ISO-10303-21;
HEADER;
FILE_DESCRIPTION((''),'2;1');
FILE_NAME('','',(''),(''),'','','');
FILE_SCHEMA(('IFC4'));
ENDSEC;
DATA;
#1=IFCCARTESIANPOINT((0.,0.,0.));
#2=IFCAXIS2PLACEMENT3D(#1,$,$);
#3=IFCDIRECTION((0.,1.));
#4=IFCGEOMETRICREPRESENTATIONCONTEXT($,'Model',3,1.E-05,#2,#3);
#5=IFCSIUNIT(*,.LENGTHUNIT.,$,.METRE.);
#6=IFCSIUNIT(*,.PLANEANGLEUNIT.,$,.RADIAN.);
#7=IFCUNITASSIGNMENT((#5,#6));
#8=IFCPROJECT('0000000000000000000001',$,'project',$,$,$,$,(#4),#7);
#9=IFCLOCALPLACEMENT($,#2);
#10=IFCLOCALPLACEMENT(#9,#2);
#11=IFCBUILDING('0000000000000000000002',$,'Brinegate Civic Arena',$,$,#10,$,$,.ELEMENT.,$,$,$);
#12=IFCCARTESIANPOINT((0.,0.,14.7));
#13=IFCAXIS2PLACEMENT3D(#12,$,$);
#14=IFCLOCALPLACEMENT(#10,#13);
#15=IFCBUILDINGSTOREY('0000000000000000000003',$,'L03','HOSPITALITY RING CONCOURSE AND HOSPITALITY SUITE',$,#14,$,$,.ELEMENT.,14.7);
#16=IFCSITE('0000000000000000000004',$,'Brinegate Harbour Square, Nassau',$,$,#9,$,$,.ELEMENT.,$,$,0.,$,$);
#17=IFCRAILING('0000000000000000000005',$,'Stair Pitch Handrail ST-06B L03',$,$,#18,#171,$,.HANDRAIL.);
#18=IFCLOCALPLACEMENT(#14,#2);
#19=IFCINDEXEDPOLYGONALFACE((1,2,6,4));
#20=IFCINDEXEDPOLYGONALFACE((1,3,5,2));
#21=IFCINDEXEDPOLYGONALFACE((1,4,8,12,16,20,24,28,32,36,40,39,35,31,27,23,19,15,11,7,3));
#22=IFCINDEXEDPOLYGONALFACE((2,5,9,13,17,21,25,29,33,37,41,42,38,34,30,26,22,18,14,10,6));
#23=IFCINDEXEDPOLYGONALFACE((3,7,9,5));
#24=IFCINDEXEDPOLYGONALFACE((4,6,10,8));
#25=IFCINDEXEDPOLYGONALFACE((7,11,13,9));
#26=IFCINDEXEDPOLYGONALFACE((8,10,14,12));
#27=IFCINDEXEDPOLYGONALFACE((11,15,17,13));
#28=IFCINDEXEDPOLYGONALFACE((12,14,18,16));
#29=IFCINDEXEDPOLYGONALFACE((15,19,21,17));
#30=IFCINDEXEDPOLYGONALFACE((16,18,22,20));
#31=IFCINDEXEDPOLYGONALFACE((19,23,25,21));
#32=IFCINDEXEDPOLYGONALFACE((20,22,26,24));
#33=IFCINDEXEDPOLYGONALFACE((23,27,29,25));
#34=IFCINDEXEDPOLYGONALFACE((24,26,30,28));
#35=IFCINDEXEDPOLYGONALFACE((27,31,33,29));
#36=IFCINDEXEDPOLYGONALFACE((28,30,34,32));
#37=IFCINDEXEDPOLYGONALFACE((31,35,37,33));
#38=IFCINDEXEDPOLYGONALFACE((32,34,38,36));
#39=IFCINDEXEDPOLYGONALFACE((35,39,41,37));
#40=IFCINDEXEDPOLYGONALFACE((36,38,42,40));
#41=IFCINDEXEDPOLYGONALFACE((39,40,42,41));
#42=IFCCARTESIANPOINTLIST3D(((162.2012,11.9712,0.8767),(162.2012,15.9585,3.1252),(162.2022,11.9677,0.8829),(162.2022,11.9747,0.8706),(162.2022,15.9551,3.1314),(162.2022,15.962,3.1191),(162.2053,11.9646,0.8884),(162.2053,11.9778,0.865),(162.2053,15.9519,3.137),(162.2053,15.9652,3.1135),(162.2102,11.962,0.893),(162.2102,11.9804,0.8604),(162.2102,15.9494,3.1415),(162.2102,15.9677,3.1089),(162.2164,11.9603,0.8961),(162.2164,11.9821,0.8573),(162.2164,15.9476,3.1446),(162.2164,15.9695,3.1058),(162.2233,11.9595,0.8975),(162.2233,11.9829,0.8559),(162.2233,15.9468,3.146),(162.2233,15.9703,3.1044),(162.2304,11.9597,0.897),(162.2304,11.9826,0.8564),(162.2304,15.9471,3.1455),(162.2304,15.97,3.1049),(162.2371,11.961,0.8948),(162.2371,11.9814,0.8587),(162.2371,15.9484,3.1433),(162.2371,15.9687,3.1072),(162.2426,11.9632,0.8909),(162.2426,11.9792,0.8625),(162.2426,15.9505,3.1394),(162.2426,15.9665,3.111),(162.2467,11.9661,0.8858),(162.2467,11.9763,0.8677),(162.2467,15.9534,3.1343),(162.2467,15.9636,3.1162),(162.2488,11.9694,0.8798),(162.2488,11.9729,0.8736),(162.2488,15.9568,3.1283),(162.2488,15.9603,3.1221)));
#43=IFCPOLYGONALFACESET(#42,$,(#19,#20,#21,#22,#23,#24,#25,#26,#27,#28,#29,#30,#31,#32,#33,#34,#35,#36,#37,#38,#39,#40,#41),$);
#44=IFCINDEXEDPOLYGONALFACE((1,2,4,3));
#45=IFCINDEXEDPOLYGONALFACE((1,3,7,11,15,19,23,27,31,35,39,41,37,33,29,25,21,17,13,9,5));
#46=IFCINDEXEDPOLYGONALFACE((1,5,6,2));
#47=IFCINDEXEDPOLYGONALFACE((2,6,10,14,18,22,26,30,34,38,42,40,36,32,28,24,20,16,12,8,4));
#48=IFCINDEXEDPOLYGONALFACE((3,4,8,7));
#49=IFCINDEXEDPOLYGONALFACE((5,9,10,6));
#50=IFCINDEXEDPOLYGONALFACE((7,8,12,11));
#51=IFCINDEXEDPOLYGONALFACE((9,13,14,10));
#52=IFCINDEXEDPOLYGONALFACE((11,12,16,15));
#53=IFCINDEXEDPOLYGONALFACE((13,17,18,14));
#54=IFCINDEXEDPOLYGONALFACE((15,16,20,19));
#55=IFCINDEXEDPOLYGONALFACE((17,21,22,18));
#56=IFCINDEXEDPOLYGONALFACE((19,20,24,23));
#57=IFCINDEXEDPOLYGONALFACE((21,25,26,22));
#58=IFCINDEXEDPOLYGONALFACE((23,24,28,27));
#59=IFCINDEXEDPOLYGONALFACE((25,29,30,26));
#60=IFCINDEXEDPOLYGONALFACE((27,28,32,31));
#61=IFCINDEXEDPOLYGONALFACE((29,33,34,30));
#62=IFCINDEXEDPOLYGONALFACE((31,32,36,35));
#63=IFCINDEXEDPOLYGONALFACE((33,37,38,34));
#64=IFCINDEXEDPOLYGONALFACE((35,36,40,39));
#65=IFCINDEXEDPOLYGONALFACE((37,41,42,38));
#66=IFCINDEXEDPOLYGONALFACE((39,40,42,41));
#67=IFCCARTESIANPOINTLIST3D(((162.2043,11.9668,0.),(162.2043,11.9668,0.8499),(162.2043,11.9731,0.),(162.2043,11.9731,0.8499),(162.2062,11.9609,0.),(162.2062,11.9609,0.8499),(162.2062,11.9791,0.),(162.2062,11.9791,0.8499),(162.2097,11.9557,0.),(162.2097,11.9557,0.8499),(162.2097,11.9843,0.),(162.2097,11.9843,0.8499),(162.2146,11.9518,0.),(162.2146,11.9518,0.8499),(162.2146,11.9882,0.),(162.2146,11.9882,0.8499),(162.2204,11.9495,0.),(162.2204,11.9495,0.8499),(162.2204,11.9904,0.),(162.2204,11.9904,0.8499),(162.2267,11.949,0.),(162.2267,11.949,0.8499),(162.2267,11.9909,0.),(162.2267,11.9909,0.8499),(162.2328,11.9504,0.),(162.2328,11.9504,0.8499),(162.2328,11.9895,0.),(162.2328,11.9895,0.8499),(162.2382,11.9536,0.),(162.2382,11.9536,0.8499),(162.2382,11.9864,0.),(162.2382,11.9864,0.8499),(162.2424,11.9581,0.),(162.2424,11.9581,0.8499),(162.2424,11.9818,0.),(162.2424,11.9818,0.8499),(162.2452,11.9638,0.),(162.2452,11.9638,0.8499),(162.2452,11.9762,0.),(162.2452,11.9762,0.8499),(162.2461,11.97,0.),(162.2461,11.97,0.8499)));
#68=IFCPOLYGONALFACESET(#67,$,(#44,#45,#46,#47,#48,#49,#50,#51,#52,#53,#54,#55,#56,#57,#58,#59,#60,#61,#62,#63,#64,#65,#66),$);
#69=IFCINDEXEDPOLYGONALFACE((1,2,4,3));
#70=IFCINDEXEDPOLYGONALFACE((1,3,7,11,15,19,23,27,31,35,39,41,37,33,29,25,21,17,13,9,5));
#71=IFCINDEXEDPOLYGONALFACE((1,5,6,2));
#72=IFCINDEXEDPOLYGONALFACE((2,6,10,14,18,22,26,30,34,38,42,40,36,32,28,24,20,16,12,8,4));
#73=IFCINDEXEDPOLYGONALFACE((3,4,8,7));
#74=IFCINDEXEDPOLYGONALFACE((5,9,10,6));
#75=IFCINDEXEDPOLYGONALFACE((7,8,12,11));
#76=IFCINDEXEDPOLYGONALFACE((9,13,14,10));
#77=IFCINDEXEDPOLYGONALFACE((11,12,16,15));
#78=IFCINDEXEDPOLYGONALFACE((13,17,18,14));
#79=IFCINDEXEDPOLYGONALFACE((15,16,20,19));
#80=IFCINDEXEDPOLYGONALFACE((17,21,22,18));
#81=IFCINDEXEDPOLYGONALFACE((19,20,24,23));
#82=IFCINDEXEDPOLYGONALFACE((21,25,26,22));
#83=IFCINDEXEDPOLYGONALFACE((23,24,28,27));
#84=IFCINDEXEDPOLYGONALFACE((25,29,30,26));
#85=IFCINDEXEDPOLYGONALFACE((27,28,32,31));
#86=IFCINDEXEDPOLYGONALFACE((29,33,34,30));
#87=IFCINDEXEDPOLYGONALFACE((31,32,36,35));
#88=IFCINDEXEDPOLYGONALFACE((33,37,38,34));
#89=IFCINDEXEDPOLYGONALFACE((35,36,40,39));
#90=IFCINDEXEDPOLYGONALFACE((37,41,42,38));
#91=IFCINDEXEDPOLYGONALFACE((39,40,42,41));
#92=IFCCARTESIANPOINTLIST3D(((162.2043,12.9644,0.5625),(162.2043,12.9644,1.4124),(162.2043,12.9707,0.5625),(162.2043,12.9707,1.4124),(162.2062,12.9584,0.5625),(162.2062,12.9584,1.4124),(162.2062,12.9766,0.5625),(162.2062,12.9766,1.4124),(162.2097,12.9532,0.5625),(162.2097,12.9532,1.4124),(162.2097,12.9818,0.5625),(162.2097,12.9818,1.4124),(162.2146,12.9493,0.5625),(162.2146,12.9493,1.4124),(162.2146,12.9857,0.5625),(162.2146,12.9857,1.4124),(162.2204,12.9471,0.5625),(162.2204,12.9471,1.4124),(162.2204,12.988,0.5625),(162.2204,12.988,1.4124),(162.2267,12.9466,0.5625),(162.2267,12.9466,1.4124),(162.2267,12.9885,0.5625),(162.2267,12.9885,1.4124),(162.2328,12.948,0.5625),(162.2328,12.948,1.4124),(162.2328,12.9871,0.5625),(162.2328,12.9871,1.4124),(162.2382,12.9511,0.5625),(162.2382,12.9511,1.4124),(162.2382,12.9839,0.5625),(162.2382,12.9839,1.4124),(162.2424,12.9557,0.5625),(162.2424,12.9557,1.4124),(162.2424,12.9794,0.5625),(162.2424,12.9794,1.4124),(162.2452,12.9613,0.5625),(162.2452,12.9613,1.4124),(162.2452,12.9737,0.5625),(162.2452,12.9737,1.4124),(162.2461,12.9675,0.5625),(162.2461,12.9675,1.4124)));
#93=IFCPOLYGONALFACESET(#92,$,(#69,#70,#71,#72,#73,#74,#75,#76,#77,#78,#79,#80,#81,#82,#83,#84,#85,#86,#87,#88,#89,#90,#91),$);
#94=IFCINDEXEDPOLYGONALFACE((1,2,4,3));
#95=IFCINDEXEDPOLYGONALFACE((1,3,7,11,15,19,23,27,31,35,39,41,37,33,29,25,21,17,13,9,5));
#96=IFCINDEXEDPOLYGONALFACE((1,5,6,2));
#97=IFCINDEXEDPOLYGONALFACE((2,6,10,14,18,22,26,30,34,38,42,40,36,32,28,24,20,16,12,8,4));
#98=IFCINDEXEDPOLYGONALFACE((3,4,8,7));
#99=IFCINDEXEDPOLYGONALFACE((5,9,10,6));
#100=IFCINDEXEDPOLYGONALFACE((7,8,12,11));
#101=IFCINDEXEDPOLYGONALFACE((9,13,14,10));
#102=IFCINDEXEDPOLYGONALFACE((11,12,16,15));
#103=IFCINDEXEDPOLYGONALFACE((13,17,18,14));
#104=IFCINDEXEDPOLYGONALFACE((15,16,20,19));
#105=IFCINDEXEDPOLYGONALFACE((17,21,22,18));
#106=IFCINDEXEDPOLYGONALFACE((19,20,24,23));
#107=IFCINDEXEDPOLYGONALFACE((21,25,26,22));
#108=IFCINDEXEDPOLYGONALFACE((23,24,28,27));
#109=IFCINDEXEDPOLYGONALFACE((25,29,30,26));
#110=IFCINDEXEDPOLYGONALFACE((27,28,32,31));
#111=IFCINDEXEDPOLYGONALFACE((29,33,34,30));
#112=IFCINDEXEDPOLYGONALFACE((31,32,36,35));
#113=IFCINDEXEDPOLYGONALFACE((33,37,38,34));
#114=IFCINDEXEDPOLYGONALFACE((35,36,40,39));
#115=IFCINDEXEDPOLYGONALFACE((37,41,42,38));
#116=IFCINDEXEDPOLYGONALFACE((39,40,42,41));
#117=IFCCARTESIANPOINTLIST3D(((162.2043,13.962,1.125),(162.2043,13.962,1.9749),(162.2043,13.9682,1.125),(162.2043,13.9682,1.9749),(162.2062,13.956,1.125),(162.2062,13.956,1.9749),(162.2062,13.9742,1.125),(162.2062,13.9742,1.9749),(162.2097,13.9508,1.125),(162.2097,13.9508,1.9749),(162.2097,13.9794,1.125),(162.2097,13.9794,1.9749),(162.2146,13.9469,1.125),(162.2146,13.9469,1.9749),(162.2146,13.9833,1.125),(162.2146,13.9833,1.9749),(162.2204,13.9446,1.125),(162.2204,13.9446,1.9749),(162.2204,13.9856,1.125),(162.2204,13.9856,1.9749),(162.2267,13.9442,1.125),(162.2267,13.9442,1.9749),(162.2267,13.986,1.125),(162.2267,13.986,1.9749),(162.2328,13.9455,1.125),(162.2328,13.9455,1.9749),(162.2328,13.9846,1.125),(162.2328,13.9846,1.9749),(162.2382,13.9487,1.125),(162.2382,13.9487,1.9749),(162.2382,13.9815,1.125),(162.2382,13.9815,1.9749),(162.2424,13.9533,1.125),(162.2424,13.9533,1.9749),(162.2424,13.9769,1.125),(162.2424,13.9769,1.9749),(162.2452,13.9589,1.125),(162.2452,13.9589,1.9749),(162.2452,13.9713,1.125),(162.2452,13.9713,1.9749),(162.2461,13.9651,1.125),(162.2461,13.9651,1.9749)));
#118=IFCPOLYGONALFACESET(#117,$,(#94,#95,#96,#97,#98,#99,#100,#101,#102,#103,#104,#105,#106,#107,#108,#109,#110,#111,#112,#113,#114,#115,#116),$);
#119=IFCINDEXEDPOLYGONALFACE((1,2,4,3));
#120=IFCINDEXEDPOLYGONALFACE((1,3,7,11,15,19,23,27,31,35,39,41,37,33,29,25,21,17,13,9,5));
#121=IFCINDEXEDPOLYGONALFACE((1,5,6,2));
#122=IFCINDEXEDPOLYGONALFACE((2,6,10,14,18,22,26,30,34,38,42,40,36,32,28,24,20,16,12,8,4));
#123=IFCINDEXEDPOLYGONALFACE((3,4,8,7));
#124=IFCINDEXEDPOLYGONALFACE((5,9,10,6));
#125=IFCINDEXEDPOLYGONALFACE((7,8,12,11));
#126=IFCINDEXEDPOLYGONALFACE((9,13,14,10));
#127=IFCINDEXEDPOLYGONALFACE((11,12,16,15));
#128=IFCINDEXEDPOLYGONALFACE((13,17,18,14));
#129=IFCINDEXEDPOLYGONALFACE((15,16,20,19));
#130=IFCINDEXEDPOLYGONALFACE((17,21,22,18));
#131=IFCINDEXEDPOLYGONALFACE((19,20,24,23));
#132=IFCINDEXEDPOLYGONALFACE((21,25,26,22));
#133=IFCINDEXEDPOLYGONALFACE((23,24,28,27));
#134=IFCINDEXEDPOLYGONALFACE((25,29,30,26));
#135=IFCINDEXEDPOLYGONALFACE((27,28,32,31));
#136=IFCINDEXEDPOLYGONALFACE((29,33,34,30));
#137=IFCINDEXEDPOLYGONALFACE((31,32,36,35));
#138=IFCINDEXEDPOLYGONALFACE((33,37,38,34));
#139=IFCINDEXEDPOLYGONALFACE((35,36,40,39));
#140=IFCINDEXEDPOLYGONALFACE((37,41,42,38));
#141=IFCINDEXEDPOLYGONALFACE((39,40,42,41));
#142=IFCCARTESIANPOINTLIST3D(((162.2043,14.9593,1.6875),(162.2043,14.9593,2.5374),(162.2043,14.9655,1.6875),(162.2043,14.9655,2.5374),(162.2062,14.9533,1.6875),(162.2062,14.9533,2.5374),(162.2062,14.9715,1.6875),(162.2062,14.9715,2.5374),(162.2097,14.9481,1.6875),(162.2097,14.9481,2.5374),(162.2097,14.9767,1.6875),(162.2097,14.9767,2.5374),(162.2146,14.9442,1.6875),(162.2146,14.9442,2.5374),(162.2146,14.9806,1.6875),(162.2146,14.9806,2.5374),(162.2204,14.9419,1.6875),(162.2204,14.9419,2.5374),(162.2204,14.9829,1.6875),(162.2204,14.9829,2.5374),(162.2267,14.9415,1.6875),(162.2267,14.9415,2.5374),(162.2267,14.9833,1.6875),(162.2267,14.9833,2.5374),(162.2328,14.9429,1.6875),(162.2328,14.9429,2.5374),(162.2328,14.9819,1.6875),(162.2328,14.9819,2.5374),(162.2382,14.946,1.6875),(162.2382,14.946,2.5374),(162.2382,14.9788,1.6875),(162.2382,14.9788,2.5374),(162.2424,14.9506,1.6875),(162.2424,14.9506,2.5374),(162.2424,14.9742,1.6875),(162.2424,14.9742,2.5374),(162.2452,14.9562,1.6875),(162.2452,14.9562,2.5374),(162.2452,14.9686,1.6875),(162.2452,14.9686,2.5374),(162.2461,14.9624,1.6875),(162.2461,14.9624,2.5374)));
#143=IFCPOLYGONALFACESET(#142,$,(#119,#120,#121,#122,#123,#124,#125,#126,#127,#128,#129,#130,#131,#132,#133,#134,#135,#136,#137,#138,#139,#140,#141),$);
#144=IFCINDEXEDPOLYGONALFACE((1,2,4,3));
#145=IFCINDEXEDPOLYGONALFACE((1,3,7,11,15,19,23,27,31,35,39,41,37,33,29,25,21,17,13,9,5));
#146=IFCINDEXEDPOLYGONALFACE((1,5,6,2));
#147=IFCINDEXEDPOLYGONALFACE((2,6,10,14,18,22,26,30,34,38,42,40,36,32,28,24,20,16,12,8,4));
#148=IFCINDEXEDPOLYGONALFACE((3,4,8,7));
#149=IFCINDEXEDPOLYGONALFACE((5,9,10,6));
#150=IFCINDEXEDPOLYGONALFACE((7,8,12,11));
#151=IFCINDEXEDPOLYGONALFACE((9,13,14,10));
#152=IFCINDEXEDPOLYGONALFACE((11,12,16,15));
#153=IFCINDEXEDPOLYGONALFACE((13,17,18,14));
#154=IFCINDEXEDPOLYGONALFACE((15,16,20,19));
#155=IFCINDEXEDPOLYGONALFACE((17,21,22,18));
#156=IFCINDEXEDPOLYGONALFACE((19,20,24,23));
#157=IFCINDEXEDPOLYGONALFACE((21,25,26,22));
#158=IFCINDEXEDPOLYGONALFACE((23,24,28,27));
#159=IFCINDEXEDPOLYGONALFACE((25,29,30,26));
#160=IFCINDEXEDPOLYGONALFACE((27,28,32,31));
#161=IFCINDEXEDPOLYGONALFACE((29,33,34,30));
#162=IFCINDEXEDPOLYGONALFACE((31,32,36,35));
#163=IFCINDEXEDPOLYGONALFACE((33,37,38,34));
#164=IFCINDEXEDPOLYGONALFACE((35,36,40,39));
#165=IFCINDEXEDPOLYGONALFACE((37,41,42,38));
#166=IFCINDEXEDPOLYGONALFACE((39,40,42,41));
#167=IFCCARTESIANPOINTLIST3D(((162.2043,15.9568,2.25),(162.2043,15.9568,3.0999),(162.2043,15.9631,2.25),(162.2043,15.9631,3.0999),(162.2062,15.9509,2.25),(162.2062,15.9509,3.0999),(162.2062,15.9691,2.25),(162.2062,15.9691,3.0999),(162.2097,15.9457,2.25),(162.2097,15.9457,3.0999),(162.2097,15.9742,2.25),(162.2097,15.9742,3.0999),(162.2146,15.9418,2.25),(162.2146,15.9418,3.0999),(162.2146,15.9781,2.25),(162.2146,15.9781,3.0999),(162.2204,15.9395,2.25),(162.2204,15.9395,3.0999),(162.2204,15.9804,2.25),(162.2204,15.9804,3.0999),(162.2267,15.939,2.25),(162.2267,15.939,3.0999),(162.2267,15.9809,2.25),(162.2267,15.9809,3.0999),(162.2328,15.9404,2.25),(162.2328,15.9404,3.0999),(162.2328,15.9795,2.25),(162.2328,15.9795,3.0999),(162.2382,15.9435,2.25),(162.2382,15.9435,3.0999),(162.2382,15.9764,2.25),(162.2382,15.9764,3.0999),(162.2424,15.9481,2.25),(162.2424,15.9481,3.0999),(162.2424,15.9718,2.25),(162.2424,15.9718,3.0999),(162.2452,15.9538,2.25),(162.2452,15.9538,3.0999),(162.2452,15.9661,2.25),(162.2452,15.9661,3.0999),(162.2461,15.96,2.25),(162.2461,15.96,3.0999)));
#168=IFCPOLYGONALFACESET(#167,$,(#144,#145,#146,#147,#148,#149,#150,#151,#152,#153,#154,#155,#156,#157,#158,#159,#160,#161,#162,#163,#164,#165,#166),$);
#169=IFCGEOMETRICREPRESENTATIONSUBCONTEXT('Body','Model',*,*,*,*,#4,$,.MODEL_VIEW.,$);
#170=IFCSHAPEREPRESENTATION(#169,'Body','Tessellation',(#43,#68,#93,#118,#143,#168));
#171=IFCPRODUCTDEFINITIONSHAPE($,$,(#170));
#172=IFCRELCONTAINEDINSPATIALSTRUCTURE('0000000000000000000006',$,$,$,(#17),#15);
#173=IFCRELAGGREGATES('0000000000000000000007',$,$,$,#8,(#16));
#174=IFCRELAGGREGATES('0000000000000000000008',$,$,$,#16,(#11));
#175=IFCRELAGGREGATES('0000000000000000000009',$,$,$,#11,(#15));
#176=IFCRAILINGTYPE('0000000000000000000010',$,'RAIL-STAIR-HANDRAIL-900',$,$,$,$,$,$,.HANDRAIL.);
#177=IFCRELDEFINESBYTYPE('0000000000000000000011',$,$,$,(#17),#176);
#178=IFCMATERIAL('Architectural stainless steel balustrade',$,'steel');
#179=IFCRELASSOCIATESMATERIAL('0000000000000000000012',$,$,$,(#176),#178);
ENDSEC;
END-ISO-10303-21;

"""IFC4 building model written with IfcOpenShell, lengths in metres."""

from ifc_helpers import new_model, si_unit, direction, frame, origin, origin_2d, place, context, subcontext, project, spatial, circle, extrude, material, type_object, element, save


model = new_model("IFC4")

# Units and contexts
model_context = context("Model", 3, precision=1e-05, world=origin(), true_north=direction((0.0, 1.0)))
body_context = subcontext(model_context, "Body", "Model", "MODEL_VIEW")
ifc_project = project(units=[si_unit("LENGTHUNIT", "METRE"), si_unit("PLANEANGLEUNIT", "RADIAN")], contexts=[model_context])

# Site, building, storey
site_placement = place(None, origin())
site = spatial("IfcSite", under=ifc_project, at=site_placement, Name="Brinegate Harbour Square, Nassau", CompositionType="ELEMENT", RefElevation=0.0)
building_placement = place(site_placement, origin())
building = spatial("IfcBuilding", under=site, at=building_placement, Name="Brinegate Civic Arena", CompositionType="ELEMENT")
storey_placement = place(building_placement, frame((0.0, 0.0, 14.7)))
storey = spatial("IfcBuildingStorey", under=building, at=storey_placement, Name="L03", Description="HOSPITALITY RING CONCOURSE AND HOSPITALITY SUITE", CompositionType="ELEMENT", Elevation=14.7)

# Railing
ifc_material_1 = material(Name="Architectural stainless steel balustrade", Category="steel")
railing_type_1 = type_object("IfcRailingType", Name="RAIL-STAIR-HANDRAIL-900", PredefinedType="HANDRAIL", material=ifc_material_1)
for number, where, name in (
    (1, (162.2251, 11.97, 0.0), "Stair Pitch Handrail ST-06B L03"),
):
    element("IfcRailing", number, at=place(storey_placement, frame(where)), inside=storey, type_object=railing_type_1, Name=name, PredefinedType="HANDRAIL", context=body_context, shape_type="SweptSolid", body=[
        extrude(circle(Radius=0.0239, at=origin_2d()), frame((0.0, 0.0012, 0.8767), z_axis=(0.0, 0.87105, 0.491195), x_axis=(-1.0, 0.0, 0.0)), (0.0, 0.0, 1.0), 4.5776),
        extrude(circle(Radius=0.021, at=origin_2d()), origin(), (0.0, 0.0, 1.0), 0.8499),
        extrude(circle(Radius=0.021, at=origin_2d()), frame((0.0, 0.9976, 0.5625)), (0.0, 0.0, 1.0), 0.8499),
        extrude(circle(Radius=0.021, at=origin_2d()), frame((0.0, 1.9951, 1.125)), (0.0, 0.0, 1.0), 0.8499),
        extrude(circle(Radius=0.021, at=origin_2d()), frame((0.0, 2.9924, 1.6875)), (0.0, 0.0, 1.0), 0.8499),
        extrude(circle(Radius=0.021, at=origin_2d()), frame((0.0, 3.99, 2.25)), (0.0, 0.0, 1.0), 0.8499),
    ])

save(model, "model.ifc")
